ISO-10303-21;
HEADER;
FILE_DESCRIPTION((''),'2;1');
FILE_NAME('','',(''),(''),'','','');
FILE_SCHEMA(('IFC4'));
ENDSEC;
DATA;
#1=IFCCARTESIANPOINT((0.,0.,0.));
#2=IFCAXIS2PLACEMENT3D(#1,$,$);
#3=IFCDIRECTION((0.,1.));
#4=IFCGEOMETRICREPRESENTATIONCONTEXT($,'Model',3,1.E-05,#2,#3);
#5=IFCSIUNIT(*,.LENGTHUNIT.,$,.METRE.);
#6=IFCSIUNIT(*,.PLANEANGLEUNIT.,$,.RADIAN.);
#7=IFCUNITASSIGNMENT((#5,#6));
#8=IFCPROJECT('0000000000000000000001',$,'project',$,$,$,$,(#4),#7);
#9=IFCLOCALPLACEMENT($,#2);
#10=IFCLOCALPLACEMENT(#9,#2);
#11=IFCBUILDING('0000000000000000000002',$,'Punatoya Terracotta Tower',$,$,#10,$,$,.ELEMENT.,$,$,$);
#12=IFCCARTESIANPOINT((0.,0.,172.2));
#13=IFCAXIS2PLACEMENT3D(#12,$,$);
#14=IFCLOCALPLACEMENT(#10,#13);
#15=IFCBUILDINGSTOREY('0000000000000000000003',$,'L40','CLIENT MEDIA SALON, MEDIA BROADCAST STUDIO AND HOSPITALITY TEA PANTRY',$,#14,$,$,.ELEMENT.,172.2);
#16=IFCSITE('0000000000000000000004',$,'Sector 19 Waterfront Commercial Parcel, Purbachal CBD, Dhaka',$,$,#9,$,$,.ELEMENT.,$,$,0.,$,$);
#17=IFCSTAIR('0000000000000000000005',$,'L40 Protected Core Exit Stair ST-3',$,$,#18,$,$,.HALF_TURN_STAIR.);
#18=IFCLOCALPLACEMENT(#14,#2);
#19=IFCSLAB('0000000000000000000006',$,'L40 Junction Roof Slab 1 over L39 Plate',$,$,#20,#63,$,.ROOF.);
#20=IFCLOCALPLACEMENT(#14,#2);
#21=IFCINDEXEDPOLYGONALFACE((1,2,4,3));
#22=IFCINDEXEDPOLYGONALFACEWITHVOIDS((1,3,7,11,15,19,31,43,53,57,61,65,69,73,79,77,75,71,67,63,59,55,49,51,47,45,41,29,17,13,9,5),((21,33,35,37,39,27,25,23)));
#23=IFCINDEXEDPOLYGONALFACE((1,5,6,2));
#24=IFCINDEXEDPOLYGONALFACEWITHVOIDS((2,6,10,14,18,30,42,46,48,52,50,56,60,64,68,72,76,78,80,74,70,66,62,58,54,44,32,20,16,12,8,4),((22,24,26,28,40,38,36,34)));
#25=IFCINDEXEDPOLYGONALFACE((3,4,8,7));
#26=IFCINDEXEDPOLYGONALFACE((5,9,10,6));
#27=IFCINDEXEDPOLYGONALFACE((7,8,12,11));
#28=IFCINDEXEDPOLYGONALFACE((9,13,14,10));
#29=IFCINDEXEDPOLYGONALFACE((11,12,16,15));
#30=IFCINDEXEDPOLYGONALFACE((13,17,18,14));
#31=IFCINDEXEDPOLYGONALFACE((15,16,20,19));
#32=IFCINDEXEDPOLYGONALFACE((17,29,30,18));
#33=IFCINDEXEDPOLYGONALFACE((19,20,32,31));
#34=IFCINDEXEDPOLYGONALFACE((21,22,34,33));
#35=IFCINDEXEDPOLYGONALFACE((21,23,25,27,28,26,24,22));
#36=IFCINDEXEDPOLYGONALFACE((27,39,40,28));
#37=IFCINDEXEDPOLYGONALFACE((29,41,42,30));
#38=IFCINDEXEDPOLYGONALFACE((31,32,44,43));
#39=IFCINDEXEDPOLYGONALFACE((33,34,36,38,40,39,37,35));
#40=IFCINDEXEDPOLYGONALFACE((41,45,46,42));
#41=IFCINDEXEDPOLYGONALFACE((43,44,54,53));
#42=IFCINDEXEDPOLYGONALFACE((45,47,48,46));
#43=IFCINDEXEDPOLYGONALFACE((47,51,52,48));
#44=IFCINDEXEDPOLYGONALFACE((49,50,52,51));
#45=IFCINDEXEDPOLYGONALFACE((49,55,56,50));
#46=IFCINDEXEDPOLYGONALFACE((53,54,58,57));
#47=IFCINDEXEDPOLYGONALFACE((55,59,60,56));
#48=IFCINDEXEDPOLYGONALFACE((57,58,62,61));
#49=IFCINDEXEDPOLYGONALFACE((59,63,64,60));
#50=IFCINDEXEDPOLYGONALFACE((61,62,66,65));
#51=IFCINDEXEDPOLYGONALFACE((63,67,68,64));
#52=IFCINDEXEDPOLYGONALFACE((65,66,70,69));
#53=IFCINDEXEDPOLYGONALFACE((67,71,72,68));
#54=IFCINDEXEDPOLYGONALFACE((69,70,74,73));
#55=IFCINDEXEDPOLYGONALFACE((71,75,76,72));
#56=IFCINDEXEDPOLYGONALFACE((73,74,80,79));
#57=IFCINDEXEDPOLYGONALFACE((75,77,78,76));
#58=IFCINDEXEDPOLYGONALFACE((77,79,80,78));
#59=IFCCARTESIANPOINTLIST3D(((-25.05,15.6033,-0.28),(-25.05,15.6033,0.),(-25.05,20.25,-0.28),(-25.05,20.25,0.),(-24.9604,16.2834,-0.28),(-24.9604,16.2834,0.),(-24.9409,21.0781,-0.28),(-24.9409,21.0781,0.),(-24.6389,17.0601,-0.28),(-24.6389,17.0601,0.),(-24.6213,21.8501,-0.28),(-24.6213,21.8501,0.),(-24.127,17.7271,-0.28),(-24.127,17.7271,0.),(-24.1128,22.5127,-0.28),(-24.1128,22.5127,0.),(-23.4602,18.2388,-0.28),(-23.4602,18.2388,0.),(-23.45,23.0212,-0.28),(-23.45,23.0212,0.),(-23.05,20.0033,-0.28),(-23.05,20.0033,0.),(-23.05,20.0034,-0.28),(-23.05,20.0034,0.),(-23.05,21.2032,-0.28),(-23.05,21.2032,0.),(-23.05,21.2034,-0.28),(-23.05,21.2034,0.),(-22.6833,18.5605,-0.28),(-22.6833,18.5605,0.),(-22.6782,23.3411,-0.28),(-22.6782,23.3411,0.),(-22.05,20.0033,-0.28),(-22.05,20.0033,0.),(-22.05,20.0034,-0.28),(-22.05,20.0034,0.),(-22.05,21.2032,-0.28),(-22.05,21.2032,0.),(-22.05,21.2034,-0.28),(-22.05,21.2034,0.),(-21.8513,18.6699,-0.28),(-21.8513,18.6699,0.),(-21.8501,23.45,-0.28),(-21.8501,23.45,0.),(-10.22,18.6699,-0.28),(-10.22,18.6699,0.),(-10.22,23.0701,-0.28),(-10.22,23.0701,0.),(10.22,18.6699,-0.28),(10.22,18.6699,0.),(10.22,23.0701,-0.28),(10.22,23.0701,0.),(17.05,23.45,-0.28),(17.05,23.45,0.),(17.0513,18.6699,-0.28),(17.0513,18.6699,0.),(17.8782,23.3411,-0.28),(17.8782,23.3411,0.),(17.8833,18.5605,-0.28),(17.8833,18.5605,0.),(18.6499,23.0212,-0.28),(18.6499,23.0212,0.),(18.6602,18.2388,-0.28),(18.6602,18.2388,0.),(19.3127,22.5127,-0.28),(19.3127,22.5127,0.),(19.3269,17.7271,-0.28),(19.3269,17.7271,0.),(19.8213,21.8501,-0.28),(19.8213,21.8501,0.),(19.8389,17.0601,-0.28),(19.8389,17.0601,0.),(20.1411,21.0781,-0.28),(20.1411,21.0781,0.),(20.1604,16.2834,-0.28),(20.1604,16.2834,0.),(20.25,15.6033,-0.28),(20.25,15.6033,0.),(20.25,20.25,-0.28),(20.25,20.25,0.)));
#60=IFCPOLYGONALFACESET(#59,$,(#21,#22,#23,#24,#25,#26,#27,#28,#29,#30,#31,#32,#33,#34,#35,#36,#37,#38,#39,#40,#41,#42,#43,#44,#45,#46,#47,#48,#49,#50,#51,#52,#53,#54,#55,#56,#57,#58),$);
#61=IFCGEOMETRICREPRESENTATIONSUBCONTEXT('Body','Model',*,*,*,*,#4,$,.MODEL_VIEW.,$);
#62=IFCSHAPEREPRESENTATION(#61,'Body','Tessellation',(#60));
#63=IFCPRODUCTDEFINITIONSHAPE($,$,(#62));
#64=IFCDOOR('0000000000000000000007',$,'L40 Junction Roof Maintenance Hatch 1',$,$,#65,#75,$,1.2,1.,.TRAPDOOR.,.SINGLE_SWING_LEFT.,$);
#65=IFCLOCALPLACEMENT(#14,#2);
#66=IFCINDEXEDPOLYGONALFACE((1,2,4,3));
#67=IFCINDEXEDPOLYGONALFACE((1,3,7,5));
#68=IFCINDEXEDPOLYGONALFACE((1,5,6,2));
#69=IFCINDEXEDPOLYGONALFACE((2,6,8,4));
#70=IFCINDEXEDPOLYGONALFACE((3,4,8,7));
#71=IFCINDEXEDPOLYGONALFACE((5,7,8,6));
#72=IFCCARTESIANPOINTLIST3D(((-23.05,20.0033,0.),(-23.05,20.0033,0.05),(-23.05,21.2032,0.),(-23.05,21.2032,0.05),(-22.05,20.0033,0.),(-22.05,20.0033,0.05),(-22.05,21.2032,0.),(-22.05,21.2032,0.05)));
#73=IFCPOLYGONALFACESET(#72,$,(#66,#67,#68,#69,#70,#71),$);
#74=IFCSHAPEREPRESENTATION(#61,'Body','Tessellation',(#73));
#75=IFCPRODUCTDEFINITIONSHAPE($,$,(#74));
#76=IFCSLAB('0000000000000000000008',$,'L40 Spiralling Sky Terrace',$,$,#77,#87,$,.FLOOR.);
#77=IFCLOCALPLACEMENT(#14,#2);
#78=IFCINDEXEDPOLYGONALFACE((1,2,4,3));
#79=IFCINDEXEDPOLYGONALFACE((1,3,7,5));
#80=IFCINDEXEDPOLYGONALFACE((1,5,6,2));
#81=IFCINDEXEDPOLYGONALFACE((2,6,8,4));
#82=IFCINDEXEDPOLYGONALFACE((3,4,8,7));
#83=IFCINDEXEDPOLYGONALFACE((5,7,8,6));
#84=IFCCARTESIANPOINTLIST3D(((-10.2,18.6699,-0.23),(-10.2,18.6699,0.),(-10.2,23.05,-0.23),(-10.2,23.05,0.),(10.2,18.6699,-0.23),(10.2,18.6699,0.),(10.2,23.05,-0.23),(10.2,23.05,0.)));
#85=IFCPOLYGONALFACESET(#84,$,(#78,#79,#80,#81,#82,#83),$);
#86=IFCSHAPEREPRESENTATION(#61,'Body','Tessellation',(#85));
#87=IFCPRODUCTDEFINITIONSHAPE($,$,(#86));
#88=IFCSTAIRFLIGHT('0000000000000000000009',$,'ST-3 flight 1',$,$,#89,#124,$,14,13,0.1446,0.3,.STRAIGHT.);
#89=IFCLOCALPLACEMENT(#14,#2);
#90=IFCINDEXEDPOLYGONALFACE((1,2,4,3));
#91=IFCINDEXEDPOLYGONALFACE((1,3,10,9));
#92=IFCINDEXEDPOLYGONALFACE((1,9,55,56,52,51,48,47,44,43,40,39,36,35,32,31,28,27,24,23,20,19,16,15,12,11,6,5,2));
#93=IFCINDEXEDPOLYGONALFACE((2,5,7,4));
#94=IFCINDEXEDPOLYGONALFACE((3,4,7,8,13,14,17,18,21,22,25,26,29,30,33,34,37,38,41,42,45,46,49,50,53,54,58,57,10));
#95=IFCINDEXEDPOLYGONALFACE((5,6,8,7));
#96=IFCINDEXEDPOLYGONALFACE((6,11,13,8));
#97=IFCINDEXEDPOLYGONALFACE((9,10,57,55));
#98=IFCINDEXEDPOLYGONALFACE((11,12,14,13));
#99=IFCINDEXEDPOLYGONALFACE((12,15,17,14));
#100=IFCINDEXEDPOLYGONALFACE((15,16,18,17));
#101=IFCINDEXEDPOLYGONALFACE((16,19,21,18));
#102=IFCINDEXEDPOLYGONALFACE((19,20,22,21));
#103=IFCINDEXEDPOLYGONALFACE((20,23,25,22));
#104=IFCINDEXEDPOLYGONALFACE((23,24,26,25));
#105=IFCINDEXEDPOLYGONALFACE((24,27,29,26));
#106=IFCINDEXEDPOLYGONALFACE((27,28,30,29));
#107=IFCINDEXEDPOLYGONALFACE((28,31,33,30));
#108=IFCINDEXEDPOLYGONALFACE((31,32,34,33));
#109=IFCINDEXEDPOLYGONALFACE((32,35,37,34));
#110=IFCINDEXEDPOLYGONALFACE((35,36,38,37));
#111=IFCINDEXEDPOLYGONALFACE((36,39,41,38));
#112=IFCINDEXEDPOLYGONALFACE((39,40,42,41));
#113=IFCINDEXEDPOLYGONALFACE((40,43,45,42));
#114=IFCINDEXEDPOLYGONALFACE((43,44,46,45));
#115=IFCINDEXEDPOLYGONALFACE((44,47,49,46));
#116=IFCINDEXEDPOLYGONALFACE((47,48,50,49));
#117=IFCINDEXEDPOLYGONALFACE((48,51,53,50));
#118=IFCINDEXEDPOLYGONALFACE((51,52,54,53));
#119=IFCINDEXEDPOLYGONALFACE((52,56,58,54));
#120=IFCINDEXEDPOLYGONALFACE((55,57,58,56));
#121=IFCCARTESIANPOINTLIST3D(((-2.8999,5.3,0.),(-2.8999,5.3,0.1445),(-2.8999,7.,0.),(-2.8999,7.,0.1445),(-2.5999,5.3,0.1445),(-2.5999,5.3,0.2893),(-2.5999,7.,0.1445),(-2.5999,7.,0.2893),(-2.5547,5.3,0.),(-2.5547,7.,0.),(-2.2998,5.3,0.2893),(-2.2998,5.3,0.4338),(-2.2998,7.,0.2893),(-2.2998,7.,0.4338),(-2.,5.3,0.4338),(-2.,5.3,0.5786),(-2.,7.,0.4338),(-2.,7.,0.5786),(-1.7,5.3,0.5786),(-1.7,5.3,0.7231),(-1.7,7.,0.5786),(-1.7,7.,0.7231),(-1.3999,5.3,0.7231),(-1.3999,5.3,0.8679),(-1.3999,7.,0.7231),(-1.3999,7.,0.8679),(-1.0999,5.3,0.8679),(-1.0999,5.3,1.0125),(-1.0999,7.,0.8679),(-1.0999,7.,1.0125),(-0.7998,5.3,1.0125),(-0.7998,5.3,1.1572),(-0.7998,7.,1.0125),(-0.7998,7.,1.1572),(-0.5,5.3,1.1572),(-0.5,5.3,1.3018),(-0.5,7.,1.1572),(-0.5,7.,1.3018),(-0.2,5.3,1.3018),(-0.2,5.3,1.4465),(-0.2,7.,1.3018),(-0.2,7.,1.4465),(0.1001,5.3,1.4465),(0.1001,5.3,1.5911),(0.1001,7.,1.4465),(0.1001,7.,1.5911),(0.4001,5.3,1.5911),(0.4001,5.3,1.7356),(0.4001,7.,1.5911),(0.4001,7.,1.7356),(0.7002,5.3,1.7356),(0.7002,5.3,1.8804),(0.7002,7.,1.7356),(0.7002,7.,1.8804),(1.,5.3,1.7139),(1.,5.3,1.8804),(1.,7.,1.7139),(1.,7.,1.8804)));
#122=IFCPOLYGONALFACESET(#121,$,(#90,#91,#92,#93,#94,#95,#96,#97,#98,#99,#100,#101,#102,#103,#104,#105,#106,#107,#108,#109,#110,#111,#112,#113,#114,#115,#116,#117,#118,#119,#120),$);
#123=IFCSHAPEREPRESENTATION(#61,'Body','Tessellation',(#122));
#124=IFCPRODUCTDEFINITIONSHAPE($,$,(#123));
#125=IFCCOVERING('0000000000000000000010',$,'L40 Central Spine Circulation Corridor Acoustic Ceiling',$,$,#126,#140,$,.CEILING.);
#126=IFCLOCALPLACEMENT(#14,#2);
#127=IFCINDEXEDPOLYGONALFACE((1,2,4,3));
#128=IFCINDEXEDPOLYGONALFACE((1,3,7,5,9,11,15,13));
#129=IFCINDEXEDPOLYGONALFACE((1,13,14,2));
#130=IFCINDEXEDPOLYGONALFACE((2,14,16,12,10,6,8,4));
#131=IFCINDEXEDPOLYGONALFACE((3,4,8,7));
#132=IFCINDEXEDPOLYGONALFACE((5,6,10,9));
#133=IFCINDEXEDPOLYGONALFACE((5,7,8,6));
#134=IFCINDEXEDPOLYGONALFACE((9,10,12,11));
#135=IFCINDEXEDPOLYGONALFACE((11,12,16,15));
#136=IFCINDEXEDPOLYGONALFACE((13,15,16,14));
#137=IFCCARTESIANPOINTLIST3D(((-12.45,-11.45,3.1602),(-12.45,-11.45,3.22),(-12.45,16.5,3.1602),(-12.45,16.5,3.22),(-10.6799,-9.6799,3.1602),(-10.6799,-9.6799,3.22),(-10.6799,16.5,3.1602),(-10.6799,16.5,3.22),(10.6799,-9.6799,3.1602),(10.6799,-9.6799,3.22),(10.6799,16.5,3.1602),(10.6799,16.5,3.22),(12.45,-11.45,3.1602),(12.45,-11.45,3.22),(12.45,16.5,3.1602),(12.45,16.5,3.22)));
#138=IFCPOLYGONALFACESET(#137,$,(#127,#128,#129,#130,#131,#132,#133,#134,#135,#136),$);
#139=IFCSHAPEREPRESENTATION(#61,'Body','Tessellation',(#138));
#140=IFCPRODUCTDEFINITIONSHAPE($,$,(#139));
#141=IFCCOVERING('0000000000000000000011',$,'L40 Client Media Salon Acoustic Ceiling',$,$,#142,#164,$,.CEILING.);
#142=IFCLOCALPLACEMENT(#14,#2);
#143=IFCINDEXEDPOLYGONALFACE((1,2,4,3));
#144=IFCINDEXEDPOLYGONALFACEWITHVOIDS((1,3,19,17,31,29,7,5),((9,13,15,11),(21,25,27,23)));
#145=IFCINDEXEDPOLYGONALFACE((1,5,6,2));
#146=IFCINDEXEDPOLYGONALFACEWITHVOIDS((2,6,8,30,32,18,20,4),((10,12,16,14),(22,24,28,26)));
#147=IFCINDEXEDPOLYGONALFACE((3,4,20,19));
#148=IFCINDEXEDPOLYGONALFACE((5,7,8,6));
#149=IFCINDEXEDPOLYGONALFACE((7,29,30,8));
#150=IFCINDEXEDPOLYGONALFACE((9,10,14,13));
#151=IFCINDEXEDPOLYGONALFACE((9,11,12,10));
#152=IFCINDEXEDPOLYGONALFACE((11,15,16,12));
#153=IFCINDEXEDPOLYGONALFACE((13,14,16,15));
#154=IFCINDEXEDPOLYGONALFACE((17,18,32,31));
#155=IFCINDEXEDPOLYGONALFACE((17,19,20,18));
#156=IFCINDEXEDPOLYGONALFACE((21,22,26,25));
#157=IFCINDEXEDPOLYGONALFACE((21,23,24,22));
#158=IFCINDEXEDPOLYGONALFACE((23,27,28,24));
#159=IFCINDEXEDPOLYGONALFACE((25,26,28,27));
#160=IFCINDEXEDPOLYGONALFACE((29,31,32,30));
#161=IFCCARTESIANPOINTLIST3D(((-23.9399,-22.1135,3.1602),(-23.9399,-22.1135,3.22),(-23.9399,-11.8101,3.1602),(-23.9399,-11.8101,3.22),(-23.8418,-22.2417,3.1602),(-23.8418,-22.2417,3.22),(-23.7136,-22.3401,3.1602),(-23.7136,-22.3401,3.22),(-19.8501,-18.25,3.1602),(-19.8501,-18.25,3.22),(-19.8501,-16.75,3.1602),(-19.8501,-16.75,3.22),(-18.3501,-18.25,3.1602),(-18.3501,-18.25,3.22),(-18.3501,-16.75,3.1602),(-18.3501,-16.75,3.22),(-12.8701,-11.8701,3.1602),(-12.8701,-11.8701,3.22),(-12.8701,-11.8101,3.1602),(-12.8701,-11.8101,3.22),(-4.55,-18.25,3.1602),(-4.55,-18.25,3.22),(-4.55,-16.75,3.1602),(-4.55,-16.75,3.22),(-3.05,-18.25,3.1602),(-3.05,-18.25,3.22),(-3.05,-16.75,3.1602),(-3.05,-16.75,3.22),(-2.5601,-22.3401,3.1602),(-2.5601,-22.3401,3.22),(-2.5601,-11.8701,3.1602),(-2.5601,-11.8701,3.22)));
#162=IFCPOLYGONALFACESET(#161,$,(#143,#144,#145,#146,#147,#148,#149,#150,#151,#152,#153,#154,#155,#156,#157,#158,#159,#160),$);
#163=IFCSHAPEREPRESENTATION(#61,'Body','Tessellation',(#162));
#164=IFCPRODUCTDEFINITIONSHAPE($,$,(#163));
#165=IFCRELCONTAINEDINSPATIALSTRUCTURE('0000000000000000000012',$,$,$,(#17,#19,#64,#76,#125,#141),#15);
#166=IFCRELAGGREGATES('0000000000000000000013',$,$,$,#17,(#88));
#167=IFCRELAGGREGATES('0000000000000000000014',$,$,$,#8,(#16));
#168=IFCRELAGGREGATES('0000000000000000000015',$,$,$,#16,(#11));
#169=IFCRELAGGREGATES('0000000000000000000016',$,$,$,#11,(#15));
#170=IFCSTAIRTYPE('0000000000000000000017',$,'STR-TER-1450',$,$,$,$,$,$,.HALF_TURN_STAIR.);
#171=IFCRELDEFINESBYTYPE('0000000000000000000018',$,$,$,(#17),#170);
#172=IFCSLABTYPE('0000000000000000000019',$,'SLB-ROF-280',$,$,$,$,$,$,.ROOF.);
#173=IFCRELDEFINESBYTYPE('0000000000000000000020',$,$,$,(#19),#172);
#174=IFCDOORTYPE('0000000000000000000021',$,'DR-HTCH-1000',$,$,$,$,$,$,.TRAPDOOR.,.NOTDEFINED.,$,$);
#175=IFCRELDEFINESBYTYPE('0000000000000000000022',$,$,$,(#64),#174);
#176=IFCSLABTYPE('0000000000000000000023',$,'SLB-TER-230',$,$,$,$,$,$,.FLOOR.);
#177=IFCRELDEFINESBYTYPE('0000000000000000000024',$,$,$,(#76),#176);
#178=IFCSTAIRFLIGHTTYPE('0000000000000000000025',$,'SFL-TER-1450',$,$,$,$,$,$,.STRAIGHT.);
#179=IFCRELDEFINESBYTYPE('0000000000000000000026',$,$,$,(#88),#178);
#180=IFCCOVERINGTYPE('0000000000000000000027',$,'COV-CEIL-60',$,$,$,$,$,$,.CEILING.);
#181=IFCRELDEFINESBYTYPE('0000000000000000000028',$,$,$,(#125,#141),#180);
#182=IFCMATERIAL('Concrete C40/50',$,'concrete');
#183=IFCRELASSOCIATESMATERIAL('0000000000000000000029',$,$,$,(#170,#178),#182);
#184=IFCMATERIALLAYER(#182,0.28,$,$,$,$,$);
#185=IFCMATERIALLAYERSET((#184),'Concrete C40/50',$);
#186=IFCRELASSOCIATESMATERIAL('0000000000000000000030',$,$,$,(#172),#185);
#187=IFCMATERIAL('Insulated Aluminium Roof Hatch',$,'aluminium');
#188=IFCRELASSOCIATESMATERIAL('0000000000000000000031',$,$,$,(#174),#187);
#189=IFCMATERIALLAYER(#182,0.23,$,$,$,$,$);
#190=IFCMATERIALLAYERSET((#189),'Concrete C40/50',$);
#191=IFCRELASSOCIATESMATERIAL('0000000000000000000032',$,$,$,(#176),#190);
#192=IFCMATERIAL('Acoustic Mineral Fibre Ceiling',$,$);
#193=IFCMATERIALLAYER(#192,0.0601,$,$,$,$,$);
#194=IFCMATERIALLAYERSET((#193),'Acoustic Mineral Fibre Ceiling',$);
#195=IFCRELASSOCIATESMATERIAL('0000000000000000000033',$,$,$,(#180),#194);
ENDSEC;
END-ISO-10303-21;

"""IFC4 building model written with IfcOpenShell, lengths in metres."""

from ifc_helpers import new_model, si_unit, direction, frame, origin, origin_2d, place, context, subcontext, project, spatial, polyline, rectangle, outline, extrude, material, layer, layer_set, type_object, element, fill, aggregate, save


model = new_model("IFC4")

# Units and contexts
model_context = context("Model", 3, precision=1e-05, world=origin(), true_north=direction((0.0, 1.0)))
body_context = subcontext(model_context, "Body", "Model", "MODEL_VIEW")
ifc_project = project(units=[si_unit("LENGTHUNIT", "METRE"), si_unit("PLANEANGLEUNIT", "RADIAN")], contexts=[model_context])

# Site, building, storey
site_placement = place(None, origin())
site = spatial("IfcSite", under=ifc_project, at=site_placement, Name="Sector 19 Waterfront Commercial Parcel, Purbachal CBD, Dhaka", CompositionType="ELEMENT", RefElevation=0.0)
building_placement = place(site_placement, origin())
building = spatial("IfcBuilding", under=site, at=building_placement, Name="Punatoya Terracotta Tower", CompositionType="ELEMENT")
storey_placement = place(building_placement, frame((0.0, 0.0, 172.2)))
storey = spatial("IfcBuildingStorey", under=building, at=storey_placement, Name="L40", Description="CLIENT MEDIA SALON, MEDIA BROADCAST STUDIO AND HOSPITALITY TEA PANTRY", CompositionType="ELEMENT", Elevation=172.2)

# Stair
ifc_material_1 = material(Name="Concrete C40/50", Category="concrete")
stair_type_1 = type_object("IfcStairType", Name="STR-TER-1450", PredefinedType="HALF_TURN_STAIR", material=ifc_material_1)
stair_1_placement = place(storey_placement, origin())
stair_1 = element("IfcStair", 1, at=stair_1_placement, inside=storey, type_object=stair_type_1, Name="L40 Protected Core Exit Stair ST-3", PredefinedType="HALF_TURN_STAIR")

# Slab, opening, door
ifc_layer_1 = layer(ifc_material_1, 0.28)
ifc_layer_set_1 = layer_set([ifc_layer_1], Name="Concrete C40/50")
slab_type_1 = type_object("IfcSlabType", Name="SLB-ROF-280", PredefinedType="ROOF", material=ifc_layer_set_1)
slab_1_placement = place(storey_placement, frame((0.0, 0.0, -0.28)))
slab_1 = element("IfcSlab", 2, at=slab_1_placement, inside=storey, type_object=slab_type_1, Name="L40 Junction Roof Slab 1 over L39 Plate", PredefinedType="ROOF", context=body_context, shape_type="SweptSolid", body=[
    extrude(outline(polyline([(-24.6213, 21.8501), (-24.9409, 21.0781), (-25.05, 20.25), (-25.05, 15.6033), (-24.9604, 16.2834), (-24.6389, 17.0601), (-24.127, 17.7271), (-23.4602, 18.2388), (-22.6833, 18.5605), (-21.8513, 18.6699), (-10.22, 18.6699), (-10.22, 23.0701), (10.22, 23.0701), (10.22, 18.6699), (17.0513, 18.6699), (17.8833, 18.5605), (18.6602, 18.2388), (19.3269, 17.7271), (19.8389, 17.0601), (20.1604, 16.2834), (20.25, 15.6033), (20.25, 20.25), (20.1411, 21.0781), (19.8213, 21.8501), (19.3127, 22.5127), (18.6499, 23.0212), (17.8782, 23.3411), (17.05, 23.45), (-21.8501, 23.45), (-22.6782, 23.3411), (-23.45, 23.0212), (-24.1128, 22.5127), (-24.6213, 21.8501)]), holes=[polyline([(-22.05, 21.2034), (-22.05, 20.0034), (-23.05, 20.0034), (-23.05, 21.2034), (-22.05, 21.2034)])]), origin(), (0.0, 0.0, 1.0), 0.28),
])
opening_placement = place(slab_1_placement, frame((-22.55, 20.6033, 0.0)))
opening = element("IfcOpeningElement", 3, at=opening_placement, cuts=slab_1, PredefinedType="OPENING", context=body_context, shape_type="SweptSolid", body=[
    extrude(rectangle(XDim=1.0, YDim=1.2, at=origin_2d()), frame((0.0, 0.0, -0.01)), (0.0, 0.0, 1.0), 0.3501),
])
ifc_material_2 = material(Name="Insulated Aluminium Roof Hatch", Category="aluminium")
door_type = type_object("IfcDoorType", Name="DR-HTCH-1000", OperationType="NOTDEFINED", PredefinedType="TRAPDOOR", material=ifc_material_2)
door_placement = place(opening_placement, frame((0.0, 0.0, 0.28)))
door = element("IfcDoor", 4, at=door_placement, inside=storey, type_object=door_type, Name="L40 Junction Roof Maintenance Hatch 1", OperationType="SINGLE_SWING_LEFT", OverallHeight=1.2, OverallWidth=1.0, PredefinedType="TRAPDOOR", context=body_context, shape_type="SweptSolid", body=[
    extrude(rectangle(XDim=1.0, YDim=1.2, at=origin_2d()), origin(), (0.0, 0.0, 1.0), 0.05),
])
fill(opening, door)

# Slab
ifc_layer_2 = layer(ifc_material_1, 0.23)
ifc_layer_set_2 = layer_set([ifc_layer_2], Name="Concrete C40/50")
slab_type_2 = type_object("IfcSlabType", Name="SLB-TER-230", PredefinedType="FLOOR", material=ifc_layer_set_2)
slab_2_placement = place(storey_placement, frame((0.0, 0.0, -0.23)))
element("IfcSlab", 5, at=slab_2_placement, inside=storey, type_object=slab_type_2, Name="L40 Spiralling Sky Terrace", PredefinedType="FLOOR", context=body_context, shape_type="SweptSolid", body=[
    extrude(outline(polyline([(-10.2, 23.05), (10.2, 23.05), (10.2, 18.6699), (-10.2, 18.6699), (-10.2, 23.05)])), origin(), (0.0, 0.0, 1.0), 0.23),
])

# Stair flight
stair_flight_type = type_object("IfcStairFlightType", Name="SFL-TER-1450", PredefinedType="STRAIGHT", material=ifc_material_1)
stair_flight_placement = place(storey_placement, frame((-2.8999, 6.1499, 0.0), z_axis=(0.0, 0.0, 1.0), x_axis=(1.0, 0.0, 0.0)))
stair_flight = element("IfcStairFlight", 6, at=stair_flight_placement, type_object=stair_flight_type, Name="ST-3 flight 1", NumberOfRisers=14, NumberOfTreads=13, PredefinedType="STRAIGHT", RiserHeight=0.1446, TreadLength=0.3, context=body_context, shape_type="SweptSolid", body=[
    extrude(outline(polyline([(0.0, 0.0), (0.0, 0.1445), (0.3, 0.1445), (0.3, 0.2893), (0.6001, 0.2893), (0.6001, 0.4338), (0.8999, 0.4338), (0.8999, 0.5786), (1.2, 0.5786), (1.2, 0.7231), (1.5, 0.7231), (1.5, 0.8679), (1.8, 0.8679), (1.8, 1.0125), (2.1001, 1.0125), (2.1001, 1.1572), (2.3999, 1.1572), (2.3999, 1.3018), (2.7, 1.3018), (2.7, 1.4465), (3.0, 1.4465), (3.0, 1.5911), (3.3, 1.5911), (3.3, 1.7356), (3.6001, 1.7356), (3.6001, 1.8804), (3.8999, 1.8804), (3.8999, 2.0249), (3.8999, 1.7139), (0.3452, 0.0), (0.0, 0.0)])), frame((0.0, 0.8501, 0.0), z_axis=(0.0, -1.0, 0.0), x_axis=(1.0, 0.0, 0.0)), (0.0, 0.0, 1.0), 1.7),
])
aggregate(stair_1, [stair_flight])

# Coverings
ifc_material_3 = material(Name="Acoustic Mineral Fibre Ceiling")
ifc_layer_3 = layer(ifc_material_3, 0.0601)
ifc_layer_set_3 = layer_set([ifc_layer_3], Name="Acoustic Mineral Fibre Ceiling")
covering_type_1 = type_object("IfcCoveringType", Name="COV-CEIL-60", PredefinedType="CEILING", material=ifc_layer_set_3)
covering_1_placement = place(storey_placement, frame((0.0, 0.0, 3.1602)))
element("IfcCovering", 7, at=covering_1_placement, inside=storey, type_object=covering_type_1, Name="L40 Central Spine Circulation Corridor Acoustic Ceiling", PredefinedType="CEILING", context=body_context, shape_type="SweptSolid", body=[
    extrude(outline(polyline([(10.6799, -9.6799), (-10.6799, -9.6799), (-10.6799, 16.5), (-12.45, 16.5), (-12.45, -11.45), (12.45, -11.45), (12.45, 16.5), (10.6799, 16.5), (10.6799, -9.6799)])), origin(), (0.0, 0.0, 1.0), 0.0598),
])
covering_2_placement = place(storey_placement, frame((0.0, 0.0, 3.1602)))
element("IfcCovering", 8, at=covering_2_placement, inside=storey, type_object=covering_type_1, Name="L40 Client Media Salon Acoustic Ceiling", PredefinedType="CEILING", context=body_context, shape_type="SweptSolid", body=[
    extrude(outline(polyline([(-23.7136, -22.3401), (-2.5601, -22.3401), (-2.5601, -11.8701), (-12.8701, -11.8701), (-12.8701, -11.8101), (-23.9399, -11.8101), (-23.9399, -22.1135), (-23.8418, -22.2417), (-23.7136, -22.3401)]), holes=[polyline([(-4.55, -16.75), (-3.05, -16.75), (-3.05, -18.25), (-4.55, -18.25), (-4.55, -16.75)]), polyline([(-19.8501, -18.25), (-19.8501, -16.75), (-18.3501, -16.75), (-18.3501, -18.25), (-19.8501, -18.25)])]), origin(), (0.0, 0.0, 1.0), 0.0598),
])

save(model, "model.ifc")
